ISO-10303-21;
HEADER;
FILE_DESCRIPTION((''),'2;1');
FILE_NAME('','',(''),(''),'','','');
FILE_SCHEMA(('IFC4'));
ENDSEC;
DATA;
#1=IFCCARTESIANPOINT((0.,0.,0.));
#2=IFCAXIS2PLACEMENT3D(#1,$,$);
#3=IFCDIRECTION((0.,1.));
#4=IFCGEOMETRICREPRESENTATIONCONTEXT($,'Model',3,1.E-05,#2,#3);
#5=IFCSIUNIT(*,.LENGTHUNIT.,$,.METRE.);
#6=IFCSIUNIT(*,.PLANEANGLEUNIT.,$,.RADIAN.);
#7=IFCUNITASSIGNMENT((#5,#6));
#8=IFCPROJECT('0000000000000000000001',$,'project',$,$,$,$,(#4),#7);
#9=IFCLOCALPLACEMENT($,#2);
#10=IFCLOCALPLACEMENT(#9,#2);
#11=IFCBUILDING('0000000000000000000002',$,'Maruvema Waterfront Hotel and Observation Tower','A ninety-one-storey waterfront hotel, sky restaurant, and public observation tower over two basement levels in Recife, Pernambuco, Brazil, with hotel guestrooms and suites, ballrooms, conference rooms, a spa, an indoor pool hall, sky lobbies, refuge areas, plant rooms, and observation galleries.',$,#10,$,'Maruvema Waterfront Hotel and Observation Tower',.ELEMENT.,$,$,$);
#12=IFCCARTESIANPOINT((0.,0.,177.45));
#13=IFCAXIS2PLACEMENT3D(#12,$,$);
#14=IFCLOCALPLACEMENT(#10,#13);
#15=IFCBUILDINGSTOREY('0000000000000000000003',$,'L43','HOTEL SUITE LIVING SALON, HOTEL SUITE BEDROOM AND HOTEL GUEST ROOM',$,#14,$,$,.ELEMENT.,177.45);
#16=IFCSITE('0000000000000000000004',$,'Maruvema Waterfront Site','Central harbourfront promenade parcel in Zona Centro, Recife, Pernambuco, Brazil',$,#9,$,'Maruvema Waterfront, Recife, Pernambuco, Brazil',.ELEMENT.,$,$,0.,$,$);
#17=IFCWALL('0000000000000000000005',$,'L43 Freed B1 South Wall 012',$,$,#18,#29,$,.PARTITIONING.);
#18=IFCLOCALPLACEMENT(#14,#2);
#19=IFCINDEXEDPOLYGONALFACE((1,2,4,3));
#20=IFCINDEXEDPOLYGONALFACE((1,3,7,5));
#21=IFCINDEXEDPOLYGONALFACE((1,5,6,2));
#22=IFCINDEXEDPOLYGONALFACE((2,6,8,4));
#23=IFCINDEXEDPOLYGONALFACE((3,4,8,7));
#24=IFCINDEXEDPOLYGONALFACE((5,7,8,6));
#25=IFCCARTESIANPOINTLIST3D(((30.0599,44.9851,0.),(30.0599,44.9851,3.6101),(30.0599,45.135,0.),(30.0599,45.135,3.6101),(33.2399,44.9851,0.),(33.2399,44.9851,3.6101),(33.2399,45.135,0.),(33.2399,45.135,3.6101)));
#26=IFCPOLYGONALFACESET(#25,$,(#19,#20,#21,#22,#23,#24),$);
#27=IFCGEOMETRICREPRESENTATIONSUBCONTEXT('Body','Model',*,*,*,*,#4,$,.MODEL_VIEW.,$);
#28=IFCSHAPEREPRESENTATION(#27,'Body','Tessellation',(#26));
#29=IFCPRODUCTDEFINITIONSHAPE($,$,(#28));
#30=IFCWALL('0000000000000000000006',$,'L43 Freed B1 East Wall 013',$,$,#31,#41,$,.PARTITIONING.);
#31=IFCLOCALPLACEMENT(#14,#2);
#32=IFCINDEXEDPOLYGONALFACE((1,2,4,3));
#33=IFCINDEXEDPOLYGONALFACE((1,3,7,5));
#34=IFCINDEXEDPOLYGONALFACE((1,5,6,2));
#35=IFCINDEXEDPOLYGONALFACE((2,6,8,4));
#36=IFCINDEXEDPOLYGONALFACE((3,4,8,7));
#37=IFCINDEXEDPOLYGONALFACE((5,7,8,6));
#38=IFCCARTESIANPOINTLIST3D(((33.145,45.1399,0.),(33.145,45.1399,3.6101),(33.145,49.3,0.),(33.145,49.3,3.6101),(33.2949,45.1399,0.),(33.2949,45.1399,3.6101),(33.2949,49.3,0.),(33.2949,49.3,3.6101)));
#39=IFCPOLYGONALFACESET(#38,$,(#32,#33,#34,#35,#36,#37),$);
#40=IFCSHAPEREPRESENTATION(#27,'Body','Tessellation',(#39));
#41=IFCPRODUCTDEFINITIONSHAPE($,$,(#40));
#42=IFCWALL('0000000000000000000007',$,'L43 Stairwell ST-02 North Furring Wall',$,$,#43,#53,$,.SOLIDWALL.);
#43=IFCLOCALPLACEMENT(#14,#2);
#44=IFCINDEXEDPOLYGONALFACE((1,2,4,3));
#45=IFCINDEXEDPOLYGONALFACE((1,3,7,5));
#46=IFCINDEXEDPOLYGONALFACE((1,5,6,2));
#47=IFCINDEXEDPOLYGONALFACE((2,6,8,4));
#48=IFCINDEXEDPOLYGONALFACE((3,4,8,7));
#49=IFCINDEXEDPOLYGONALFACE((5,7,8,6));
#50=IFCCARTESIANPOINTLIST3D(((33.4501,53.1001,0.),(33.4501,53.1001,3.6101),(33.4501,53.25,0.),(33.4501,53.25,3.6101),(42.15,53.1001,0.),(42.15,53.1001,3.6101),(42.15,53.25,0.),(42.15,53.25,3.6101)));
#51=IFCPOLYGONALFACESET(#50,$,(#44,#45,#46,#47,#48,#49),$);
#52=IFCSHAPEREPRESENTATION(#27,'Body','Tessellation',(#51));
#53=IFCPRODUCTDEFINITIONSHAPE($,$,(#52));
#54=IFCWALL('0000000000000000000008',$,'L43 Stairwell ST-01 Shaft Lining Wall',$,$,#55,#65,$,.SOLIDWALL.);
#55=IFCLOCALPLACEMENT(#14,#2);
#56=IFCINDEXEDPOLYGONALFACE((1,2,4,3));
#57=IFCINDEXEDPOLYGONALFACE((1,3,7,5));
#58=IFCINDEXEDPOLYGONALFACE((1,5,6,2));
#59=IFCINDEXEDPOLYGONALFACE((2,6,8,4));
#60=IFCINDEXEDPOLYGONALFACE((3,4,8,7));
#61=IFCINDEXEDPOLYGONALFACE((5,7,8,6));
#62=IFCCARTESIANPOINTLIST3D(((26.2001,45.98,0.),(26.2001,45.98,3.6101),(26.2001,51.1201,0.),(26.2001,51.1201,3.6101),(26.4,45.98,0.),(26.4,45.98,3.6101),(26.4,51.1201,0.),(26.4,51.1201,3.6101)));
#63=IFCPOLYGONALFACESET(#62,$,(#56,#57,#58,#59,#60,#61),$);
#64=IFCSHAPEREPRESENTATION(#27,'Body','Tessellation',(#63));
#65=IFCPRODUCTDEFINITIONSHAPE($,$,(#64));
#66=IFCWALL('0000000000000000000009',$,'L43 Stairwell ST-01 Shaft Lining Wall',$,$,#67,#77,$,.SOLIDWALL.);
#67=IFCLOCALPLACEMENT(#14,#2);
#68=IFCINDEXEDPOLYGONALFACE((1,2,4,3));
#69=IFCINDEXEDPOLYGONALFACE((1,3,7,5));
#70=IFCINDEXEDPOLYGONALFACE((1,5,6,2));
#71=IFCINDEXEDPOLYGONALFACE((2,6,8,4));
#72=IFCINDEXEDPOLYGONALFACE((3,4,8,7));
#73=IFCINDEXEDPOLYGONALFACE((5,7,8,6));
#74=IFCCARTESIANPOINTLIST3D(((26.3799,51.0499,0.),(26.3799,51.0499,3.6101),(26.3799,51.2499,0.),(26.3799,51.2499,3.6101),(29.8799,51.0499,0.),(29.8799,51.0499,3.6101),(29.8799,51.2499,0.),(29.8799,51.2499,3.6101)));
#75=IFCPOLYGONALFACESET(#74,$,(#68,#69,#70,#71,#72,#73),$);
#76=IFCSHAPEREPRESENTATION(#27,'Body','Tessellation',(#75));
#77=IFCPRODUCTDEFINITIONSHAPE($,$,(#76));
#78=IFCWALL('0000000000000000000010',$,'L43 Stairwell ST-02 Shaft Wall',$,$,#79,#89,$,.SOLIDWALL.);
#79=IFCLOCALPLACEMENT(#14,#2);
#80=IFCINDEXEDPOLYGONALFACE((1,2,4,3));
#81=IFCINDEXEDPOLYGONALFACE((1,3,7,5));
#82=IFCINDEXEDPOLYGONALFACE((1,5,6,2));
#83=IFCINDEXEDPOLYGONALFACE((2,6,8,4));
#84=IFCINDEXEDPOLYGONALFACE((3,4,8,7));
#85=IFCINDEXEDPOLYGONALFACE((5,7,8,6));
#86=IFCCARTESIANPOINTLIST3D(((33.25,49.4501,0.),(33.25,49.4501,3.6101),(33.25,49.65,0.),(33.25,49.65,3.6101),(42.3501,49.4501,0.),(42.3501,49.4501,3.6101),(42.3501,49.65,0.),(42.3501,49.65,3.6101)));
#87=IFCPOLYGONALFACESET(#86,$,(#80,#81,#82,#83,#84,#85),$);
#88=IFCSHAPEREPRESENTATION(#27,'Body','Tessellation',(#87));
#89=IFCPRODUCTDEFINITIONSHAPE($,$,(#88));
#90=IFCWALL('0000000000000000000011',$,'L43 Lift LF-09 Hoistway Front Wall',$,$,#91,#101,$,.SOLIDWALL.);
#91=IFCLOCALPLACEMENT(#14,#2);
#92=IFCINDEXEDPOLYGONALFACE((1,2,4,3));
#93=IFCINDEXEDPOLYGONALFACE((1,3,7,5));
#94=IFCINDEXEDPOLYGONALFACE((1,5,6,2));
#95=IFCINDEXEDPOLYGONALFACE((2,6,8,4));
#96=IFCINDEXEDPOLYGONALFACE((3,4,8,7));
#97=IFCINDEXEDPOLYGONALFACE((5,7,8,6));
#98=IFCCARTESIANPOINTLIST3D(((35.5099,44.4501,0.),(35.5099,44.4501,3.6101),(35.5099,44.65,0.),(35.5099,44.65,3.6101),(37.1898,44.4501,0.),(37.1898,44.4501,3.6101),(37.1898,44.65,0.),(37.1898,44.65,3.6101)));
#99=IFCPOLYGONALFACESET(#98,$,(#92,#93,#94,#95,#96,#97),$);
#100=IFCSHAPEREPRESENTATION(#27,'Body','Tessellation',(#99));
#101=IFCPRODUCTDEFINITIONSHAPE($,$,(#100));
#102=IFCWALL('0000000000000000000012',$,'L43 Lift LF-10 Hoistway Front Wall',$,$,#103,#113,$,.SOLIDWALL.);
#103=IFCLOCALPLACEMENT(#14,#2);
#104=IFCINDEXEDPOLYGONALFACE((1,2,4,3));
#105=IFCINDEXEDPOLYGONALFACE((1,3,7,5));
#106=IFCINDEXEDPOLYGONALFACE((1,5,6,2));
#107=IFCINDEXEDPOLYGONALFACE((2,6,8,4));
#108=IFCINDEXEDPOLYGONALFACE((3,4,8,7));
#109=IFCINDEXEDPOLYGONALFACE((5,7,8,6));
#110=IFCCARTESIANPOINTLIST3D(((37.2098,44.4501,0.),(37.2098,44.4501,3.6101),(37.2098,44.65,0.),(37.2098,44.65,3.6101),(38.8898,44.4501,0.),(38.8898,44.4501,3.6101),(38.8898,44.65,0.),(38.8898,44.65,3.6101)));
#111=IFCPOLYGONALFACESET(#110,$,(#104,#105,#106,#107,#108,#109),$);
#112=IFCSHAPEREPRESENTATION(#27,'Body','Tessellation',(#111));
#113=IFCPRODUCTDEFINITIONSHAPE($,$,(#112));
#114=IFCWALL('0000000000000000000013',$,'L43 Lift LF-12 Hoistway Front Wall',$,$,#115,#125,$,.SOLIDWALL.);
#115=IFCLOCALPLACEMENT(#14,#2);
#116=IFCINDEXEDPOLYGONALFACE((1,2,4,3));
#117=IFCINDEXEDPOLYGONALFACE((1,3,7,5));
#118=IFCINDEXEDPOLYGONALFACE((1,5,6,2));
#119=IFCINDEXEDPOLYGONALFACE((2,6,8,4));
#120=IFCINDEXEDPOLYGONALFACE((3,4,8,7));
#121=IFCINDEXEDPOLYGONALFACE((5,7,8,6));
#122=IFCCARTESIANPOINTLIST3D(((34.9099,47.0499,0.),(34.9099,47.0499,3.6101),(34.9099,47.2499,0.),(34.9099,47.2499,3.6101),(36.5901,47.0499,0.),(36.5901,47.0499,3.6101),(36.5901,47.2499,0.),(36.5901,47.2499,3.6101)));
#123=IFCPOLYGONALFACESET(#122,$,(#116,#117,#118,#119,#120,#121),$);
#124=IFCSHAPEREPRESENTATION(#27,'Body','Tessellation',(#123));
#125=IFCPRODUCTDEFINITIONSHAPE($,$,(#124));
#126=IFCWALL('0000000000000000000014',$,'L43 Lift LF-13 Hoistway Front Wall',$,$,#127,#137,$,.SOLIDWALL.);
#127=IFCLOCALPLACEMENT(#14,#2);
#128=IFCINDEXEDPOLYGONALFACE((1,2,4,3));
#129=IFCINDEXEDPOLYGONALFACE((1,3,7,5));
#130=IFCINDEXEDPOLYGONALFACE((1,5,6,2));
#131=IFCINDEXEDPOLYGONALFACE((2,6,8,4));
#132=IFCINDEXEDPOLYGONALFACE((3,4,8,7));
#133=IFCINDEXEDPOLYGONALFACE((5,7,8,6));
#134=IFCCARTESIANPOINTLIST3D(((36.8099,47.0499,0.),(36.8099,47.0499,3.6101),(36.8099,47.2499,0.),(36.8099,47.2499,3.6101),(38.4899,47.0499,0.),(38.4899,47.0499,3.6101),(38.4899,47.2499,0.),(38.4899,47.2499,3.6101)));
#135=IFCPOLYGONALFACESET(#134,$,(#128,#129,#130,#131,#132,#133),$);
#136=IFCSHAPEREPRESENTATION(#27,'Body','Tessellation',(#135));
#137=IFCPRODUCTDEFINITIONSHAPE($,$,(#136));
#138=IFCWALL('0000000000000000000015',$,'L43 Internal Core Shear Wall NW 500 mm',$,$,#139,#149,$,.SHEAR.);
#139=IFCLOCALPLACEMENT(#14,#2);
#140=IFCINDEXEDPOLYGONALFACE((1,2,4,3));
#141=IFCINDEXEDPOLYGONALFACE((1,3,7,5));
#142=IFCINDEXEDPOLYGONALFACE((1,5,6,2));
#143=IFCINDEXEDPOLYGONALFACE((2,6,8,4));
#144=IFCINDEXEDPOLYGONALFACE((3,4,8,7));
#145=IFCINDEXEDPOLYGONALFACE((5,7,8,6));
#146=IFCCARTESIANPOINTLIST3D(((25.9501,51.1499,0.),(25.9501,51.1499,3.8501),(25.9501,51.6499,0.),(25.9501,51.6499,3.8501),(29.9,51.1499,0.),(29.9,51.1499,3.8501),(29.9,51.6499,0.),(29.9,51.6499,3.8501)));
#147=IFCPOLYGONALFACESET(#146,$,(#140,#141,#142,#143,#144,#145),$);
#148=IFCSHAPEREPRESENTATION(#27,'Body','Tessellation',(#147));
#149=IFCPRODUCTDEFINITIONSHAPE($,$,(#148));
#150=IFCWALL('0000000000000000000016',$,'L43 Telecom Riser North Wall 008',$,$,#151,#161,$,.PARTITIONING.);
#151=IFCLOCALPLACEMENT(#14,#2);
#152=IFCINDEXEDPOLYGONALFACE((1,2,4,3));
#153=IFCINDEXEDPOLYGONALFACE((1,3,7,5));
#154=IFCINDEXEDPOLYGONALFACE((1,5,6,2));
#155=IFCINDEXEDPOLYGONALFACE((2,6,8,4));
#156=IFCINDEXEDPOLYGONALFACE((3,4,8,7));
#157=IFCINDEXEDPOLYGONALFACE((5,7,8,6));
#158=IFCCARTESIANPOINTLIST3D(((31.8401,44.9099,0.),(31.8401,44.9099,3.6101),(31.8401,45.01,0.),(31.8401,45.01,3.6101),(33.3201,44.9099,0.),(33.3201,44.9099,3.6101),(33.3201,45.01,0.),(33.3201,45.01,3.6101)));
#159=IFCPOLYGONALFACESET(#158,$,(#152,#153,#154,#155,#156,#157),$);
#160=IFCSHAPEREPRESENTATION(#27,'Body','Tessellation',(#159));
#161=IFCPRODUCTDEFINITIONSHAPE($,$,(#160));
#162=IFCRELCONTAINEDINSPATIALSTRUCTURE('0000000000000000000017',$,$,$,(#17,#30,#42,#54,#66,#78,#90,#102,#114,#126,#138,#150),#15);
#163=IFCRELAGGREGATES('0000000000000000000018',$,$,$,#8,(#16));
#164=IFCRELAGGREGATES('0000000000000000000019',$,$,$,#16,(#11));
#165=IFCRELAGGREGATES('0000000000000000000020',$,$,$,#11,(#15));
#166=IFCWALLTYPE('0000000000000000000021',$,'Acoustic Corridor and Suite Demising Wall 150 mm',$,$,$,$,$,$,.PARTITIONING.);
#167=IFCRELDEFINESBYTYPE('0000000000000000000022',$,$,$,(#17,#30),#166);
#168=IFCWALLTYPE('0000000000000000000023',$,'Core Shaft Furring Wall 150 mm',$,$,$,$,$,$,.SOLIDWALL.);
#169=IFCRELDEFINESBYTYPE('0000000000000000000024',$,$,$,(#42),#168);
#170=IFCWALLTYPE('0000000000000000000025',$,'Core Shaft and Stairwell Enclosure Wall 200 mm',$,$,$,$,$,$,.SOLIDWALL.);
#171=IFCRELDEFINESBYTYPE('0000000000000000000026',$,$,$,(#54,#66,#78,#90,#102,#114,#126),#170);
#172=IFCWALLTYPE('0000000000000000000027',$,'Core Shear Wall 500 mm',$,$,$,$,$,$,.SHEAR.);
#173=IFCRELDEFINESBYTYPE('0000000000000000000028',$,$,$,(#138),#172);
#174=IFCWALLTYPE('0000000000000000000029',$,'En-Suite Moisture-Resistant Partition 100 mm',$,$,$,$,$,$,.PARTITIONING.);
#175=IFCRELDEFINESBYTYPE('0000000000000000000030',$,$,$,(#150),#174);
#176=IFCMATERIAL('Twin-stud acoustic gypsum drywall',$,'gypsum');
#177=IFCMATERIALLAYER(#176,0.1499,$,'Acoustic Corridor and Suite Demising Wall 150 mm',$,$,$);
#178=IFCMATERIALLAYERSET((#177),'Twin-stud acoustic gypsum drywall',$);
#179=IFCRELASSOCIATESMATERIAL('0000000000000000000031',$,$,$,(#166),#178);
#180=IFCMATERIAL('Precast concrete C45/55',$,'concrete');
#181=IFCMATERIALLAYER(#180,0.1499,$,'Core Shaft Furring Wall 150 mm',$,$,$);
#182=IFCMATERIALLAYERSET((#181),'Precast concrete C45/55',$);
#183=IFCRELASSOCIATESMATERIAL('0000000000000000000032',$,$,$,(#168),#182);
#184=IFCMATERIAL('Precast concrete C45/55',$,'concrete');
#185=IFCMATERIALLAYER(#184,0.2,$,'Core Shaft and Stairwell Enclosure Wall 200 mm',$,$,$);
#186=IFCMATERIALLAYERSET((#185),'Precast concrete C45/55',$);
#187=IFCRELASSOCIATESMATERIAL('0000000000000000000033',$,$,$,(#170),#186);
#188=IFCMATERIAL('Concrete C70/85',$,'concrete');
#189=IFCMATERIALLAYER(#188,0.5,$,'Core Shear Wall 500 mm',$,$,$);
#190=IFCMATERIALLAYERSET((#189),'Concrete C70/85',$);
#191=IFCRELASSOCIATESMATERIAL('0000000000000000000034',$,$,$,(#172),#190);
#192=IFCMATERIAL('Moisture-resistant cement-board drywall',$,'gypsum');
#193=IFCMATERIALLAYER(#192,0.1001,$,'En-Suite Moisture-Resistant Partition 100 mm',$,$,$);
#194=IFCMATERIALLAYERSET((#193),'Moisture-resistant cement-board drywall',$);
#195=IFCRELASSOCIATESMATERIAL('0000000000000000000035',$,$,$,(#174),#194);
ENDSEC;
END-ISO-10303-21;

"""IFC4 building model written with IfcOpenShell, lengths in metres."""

from ifc_helpers import new_model, si_unit, direction, frame, frame_2d, origin, place, context, subcontext, project, spatial, rectangle, extrude, material, layer, layer_set, type_object, element, save


model = new_model("IFC4")

# Units and contexts
model_context = context("Model", 3, precision=1e-05, world=origin(), true_north=direction((0.0, 1.0)))
body_context = subcontext(model_context, "Body", "Model", "MODEL_VIEW")
ifc_project = project(units=[si_unit("LENGTHUNIT", "METRE"), si_unit("PLANEANGLEUNIT", "RADIAN")], contexts=[model_context])

# Site, building, storey
site_placement = place(None, origin())
site = spatial("IfcSite", under=ifc_project, at=site_placement, Name="Maruvema Waterfront Site", Description="Central harbourfront promenade parcel in Zona Centro, Recife, Pernambuco, Brazil", LongName="Maruvema Waterfront, Recife, Pernambuco, Brazil", CompositionType="ELEMENT", RefElevation=0.0)
building_placement = place(site_placement, origin())
building = spatial("IfcBuilding", under=site, at=building_placement, Name="Maruvema Waterfront Hotel and Observation Tower", Description="A ninety-one-storey waterfront hotel, sky restaurant, and public observation tower over two basement levels in Recife, Pernambuco, Brazil, with hotel guestrooms and suites, ballrooms, conference rooms, a spa, an indoor pool hall, sky lobbies, refuge areas, plant rooms, and observation galleries.", LongName="Maruvema Waterfront Hotel and Observation Tower", CompositionType="ELEMENT")
storey_placement = place(building_placement, frame((0.0, 0.0, 177.45)))
storey = spatial("IfcBuildingStorey", under=building, at=storey_placement, Name="L43", Description="HOTEL SUITE LIVING SALON, HOTEL SUITE BEDROOM AND HOTEL GUEST ROOM", CompositionType="ELEMENT", Elevation=177.45)

# Walls
ifc_material_1 = material(Name="Twin-stud acoustic gypsum drywall", Category="gypsum")
ifc_layer_1 = layer(ifc_material_1, 0.1499, Name="Acoustic Corridor and Suite Demising Wall 150 mm")
ifc_layer_set_1 = layer_set([ifc_layer_1], Name="Twin-stud acoustic gypsum drywall")
wall_type_1 = type_object("IfcWallType", Name="Acoustic Corridor and Suite Demising Wall 150 mm", PredefinedType="PARTITIONING", material=ifc_layer_set_1)
wall_1_placement = place(storey_placement, frame((30.0601, 45.0601, 0.0), z_axis=(0.0, 0.0, 1.0), x_axis=(1.0, 0.0, 0.0)))
element("IfcWall", 1, at=wall_1_placement, inside=storey, type_object=wall_type_1, Name="L43 Freed B1 South Wall 012", PredefinedType="PARTITIONING", context=body_context, shape_type="SweptSolid", body=[
    extrude(rectangle(XDim=3.1799, YDim=0.1499, at=frame_2d((1.5898, 0.0))), origin(), (0.0, 0.0, 1.0), 3.6101),
])
wall_2_placement = place(storey_placement, frame((33.22, 45.1399, 0.0), z_axis=(0.0, 0.0, 1.0), x_axis=(0.0, 1.0, 0.0)))
element("IfcWall", 2, at=wall_2_placement, inside=storey, type_object=wall_type_1, Name="L43 Freed B1 East Wall 013", PredefinedType="PARTITIONING", context=body_context, shape_type="SweptSolid", body=[
    extrude(rectangle(XDim=4.1602, YDim=0.1499, at=frame_2d((2.0801, 0.0))), origin(), (0.0, 0.0, 1.0), 3.6101),
])
ifc_material_2 = material(Name="Precast concrete C45/55", Category="concrete")
ifc_layer_2 = layer(ifc_material_2, 0.1499, Name="Core Shaft Furring Wall 150 mm")
ifc_layer_set_2 = layer_set([ifc_layer_2], Name="Precast concrete C45/55")
wall_type_2 = type_object("IfcWallType", Name="Core Shaft Furring Wall 150 mm", PredefinedType="SOLIDWALL", material=ifc_layer_set_2)
wall_3_placement = place(storey_placement, frame((33.45, 53.175, 0.0), z_axis=(0.0, 0.0, 1.0), x_axis=(1.0, 0.0, 0.0)))
element("IfcWall", 3, at=wall_3_placement, inside=storey, type_object=wall_type_2, Name="L43 Stairwell ST-02 North Furring Wall", PredefinedType="SOLIDWALL", context=body_context, shape_type="SweptSolid", body=[
    extrude(rectangle(XDim=8.7, YDim=0.1499, at=frame_2d((4.3501, 0.0))), origin(), (0.0, 0.0, 1.0), 3.6101),
])
ifc_material_3 = material(Name="Precast concrete C45/55", Category="concrete")
ifc_layer_3 = layer(ifc_material_3, 0.2, Name="Core Shaft and Stairwell Enclosure Wall 200 mm")
ifc_layer_set_3 = layer_set([ifc_layer_3], Name="Precast concrete C45/55")
wall_type_3 = type_object("IfcWallType", Name="Core Shaft and Stairwell Enclosure Wall 200 mm", PredefinedType="SOLIDWALL", material=ifc_layer_set_3)
wall_4_placement = place(storey_placement, frame((26.3, 45.98, 0.0), z_axis=(0.0, 0.0, 1.0), x_axis=(0.0, 1.0, 0.0)))
element("IfcWall", 4, at=wall_4_placement, inside=storey, type_object=wall_type_3, Name="L43 Stairwell ST-01 Shaft Lining Wall", PredefinedType="SOLIDWALL", context=body_context, shape_type="SweptSolid", body=[
    extrude(rectangle(XDim=5.1401, YDim=0.2, at=frame_2d((2.5701, 0.0))), origin(), (0.0, 0.0, 1.0), 3.6101),
])
wall_5_placement = place(storey_placement, frame((26.3799, 51.1499, 0.0), z_axis=(0.0, 0.0, 1.0), x_axis=(1.0, 0.0, 0.0)))
element("IfcWall", 5, at=wall_5_placement, inside=storey, type_object=wall_type_3, Name="L43 Stairwell ST-01 Shaft Lining Wall", PredefinedType="SOLIDWALL", context=body_context, shape_type="SweptSolid", body=[
    extrude(rectangle(XDim=3.5, YDim=0.2, at=frame_2d((1.75, 0.0))), origin(), (0.0, 0.0, 1.0), 3.6101),
])
wall_6_placement = place(storey_placement, frame((33.25, 49.55, 0.0), z_axis=(0.0, 0.0, 1.0), x_axis=(1.0, 0.0, 0.0)))
element("IfcWall", 6, at=wall_6_placement, inside=storey, type_object=wall_type_3, Name="L43 Stairwell ST-02 Shaft Wall", PredefinedType="SOLIDWALL", context=body_context, shape_type="SweptSolid", body=[
    extrude(rectangle(XDim=9.1001, YDim=0.2, at=frame_2d((4.55, 0.0))), origin(), (0.0, 0.0, 1.0), 3.6101),
])

# Walls
for number, where, z_axis, x_axis, name in (
    (7, (35.51, 44.55, 0.0), (0.0, 0.0, 1.0), (1.0, 0.0, 0.0), "L43 Lift LF-09 Hoistway Front Wall"),
    (8, (37.21, 44.55, 0.0), (0.0, 0.0, 1.0), (1.0, 0.0, 0.0), "L43 Lift LF-10 Hoistway Front Wall"),
):
    element("IfcWall", number, at=place(storey_placement, frame(where, z_axis=z_axis, x_axis=x_axis)), inside=storey, type_object=wall_type_3, Name=name, PredefinedType="SOLIDWALL", context=body_context, shape_type="SweptSolid", body=[
        extrude(rectangle(XDim=1.6799, YDim=0.2, at=frame_2d((0.8398, 0.0))), origin(), (0.0, 0.0, 1.0), 3.6101),
    ])
wall_7_placement = place(storey_placement, frame((34.9099, 47.1499, 0.0), z_axis=(0.0, 0.0, 1.0), x_axis=(1.0, 0.0, 0.0)))
element("IfcWall", 9, at=wall_7_placement, inside=storey, type_object=wall_type_3, Name="L43 Lift LF-12 Hoistway Front Wall", PredefinedType="SOLIDWALL", context=body_context, shape_type="SweptSolid", body=[
    extrude(rectangle(XDim=1.6802, YDim=0.2, at=frame_2d((0.8401, 0.0))), origin(), (0.0, 0.0, 1.0), 3.6101),
])
wall_8_placement = place(storey_placement, frame((36.8101, 47.1499, 0.0), z_axis=(0.0, 0.0, 1.0), x_axis=(1.0, 0.0, 0.0)))
element("IfcWall", 10, at=wall_8_placement, inside=storey, type_object=wall_type_3, Name="L43 Lift LF-13 Hoistway Front Wall", PredefinedType="SOLIDWALL", context=body_context, shape_type="SweptSolid", body=[
    extrude(rectangle(XDim=1.6799, YDim=0.2, at=frame_2d((0.8398, 0.0))), origin(), (0.0, 0.0, 1.0), 3.6101),
])
ifc_material_4 = material(Name="Concrete C70/85", Category="concrete")
ifc_layer_4 = layer(ifc_material_4, 0.5, Name="Core Shear Wall 500 mm")
ifc_layer_set_4 = layer_set([ifc_layer_4], Name="Concrete C70/85")
wall_type_4 = type_object("IfcWallType", Name="Core Shear Wall 500 mm", PredefinedType="SHEAR", material=ifc_layer_set_4)
wall_9_placement = place(storey_placement, frame((25.95, 51.3999, 0.0), z_axis=(0.0, 0.0, 1.0), x_axis=(1.0, 0.0, 0.0)))
element("IfcWall", 11, at=wall_9_placement, inside=storey, type_object=wall_type_4, Name="L43 Internal Core Shear Wall NW 500 mm", PredefinedType="SHEAR", context=body_context, shape_type="SweptSolid", body=[
    extrude(rectangle(XDim=3.95, YDim=0.5, at=frame_2d((1.9751, 0.0))), origin(), (0.0, 0.0, 1.0), 3.8501),
])
ifc_material_5 = material(Name="Moisture-resistant cement-board drywall", Category="gypsum")
ifc_layer_5 = layer(ifc_material_5, 0.1001, Name="En-Suite Moisture-Resistant Partition 100 mm")
ifc_layer_set_5 = layer_set([ifc_layer_5], Name="Moisture-resistant cement-board drywall")
wall_type_5 = type_object("IfcWallType", Name="En-Suite Moisture-Resistant Partition 100 mm", PredefinedType="PARTITIONING", material=ifc_layer_set_5)
wall_10_placement = place(storey_placement, frame((31.8401, 44.96, 0.0), z_axis=(0.0, 0.0, 1.0), x_axis=(1.0, 0.0, 0.0)))
element("IfcWall", 12, at=wall_10_placement, inside=storey, type_object=wall_type_5, Name="L43 Telecom Riser North Wall 008", PredefinedType="PARTITIONING", context=body_context, shape_type="SweptSolid", body=[
    extrude(rectangle(XDim=1.48, YDim=0.1001, at=frame_2d((0.74, 0.0))), origin(), (0.0, 0.0, 1.0), 3.6101),
])

save(model, "model.ifc")
